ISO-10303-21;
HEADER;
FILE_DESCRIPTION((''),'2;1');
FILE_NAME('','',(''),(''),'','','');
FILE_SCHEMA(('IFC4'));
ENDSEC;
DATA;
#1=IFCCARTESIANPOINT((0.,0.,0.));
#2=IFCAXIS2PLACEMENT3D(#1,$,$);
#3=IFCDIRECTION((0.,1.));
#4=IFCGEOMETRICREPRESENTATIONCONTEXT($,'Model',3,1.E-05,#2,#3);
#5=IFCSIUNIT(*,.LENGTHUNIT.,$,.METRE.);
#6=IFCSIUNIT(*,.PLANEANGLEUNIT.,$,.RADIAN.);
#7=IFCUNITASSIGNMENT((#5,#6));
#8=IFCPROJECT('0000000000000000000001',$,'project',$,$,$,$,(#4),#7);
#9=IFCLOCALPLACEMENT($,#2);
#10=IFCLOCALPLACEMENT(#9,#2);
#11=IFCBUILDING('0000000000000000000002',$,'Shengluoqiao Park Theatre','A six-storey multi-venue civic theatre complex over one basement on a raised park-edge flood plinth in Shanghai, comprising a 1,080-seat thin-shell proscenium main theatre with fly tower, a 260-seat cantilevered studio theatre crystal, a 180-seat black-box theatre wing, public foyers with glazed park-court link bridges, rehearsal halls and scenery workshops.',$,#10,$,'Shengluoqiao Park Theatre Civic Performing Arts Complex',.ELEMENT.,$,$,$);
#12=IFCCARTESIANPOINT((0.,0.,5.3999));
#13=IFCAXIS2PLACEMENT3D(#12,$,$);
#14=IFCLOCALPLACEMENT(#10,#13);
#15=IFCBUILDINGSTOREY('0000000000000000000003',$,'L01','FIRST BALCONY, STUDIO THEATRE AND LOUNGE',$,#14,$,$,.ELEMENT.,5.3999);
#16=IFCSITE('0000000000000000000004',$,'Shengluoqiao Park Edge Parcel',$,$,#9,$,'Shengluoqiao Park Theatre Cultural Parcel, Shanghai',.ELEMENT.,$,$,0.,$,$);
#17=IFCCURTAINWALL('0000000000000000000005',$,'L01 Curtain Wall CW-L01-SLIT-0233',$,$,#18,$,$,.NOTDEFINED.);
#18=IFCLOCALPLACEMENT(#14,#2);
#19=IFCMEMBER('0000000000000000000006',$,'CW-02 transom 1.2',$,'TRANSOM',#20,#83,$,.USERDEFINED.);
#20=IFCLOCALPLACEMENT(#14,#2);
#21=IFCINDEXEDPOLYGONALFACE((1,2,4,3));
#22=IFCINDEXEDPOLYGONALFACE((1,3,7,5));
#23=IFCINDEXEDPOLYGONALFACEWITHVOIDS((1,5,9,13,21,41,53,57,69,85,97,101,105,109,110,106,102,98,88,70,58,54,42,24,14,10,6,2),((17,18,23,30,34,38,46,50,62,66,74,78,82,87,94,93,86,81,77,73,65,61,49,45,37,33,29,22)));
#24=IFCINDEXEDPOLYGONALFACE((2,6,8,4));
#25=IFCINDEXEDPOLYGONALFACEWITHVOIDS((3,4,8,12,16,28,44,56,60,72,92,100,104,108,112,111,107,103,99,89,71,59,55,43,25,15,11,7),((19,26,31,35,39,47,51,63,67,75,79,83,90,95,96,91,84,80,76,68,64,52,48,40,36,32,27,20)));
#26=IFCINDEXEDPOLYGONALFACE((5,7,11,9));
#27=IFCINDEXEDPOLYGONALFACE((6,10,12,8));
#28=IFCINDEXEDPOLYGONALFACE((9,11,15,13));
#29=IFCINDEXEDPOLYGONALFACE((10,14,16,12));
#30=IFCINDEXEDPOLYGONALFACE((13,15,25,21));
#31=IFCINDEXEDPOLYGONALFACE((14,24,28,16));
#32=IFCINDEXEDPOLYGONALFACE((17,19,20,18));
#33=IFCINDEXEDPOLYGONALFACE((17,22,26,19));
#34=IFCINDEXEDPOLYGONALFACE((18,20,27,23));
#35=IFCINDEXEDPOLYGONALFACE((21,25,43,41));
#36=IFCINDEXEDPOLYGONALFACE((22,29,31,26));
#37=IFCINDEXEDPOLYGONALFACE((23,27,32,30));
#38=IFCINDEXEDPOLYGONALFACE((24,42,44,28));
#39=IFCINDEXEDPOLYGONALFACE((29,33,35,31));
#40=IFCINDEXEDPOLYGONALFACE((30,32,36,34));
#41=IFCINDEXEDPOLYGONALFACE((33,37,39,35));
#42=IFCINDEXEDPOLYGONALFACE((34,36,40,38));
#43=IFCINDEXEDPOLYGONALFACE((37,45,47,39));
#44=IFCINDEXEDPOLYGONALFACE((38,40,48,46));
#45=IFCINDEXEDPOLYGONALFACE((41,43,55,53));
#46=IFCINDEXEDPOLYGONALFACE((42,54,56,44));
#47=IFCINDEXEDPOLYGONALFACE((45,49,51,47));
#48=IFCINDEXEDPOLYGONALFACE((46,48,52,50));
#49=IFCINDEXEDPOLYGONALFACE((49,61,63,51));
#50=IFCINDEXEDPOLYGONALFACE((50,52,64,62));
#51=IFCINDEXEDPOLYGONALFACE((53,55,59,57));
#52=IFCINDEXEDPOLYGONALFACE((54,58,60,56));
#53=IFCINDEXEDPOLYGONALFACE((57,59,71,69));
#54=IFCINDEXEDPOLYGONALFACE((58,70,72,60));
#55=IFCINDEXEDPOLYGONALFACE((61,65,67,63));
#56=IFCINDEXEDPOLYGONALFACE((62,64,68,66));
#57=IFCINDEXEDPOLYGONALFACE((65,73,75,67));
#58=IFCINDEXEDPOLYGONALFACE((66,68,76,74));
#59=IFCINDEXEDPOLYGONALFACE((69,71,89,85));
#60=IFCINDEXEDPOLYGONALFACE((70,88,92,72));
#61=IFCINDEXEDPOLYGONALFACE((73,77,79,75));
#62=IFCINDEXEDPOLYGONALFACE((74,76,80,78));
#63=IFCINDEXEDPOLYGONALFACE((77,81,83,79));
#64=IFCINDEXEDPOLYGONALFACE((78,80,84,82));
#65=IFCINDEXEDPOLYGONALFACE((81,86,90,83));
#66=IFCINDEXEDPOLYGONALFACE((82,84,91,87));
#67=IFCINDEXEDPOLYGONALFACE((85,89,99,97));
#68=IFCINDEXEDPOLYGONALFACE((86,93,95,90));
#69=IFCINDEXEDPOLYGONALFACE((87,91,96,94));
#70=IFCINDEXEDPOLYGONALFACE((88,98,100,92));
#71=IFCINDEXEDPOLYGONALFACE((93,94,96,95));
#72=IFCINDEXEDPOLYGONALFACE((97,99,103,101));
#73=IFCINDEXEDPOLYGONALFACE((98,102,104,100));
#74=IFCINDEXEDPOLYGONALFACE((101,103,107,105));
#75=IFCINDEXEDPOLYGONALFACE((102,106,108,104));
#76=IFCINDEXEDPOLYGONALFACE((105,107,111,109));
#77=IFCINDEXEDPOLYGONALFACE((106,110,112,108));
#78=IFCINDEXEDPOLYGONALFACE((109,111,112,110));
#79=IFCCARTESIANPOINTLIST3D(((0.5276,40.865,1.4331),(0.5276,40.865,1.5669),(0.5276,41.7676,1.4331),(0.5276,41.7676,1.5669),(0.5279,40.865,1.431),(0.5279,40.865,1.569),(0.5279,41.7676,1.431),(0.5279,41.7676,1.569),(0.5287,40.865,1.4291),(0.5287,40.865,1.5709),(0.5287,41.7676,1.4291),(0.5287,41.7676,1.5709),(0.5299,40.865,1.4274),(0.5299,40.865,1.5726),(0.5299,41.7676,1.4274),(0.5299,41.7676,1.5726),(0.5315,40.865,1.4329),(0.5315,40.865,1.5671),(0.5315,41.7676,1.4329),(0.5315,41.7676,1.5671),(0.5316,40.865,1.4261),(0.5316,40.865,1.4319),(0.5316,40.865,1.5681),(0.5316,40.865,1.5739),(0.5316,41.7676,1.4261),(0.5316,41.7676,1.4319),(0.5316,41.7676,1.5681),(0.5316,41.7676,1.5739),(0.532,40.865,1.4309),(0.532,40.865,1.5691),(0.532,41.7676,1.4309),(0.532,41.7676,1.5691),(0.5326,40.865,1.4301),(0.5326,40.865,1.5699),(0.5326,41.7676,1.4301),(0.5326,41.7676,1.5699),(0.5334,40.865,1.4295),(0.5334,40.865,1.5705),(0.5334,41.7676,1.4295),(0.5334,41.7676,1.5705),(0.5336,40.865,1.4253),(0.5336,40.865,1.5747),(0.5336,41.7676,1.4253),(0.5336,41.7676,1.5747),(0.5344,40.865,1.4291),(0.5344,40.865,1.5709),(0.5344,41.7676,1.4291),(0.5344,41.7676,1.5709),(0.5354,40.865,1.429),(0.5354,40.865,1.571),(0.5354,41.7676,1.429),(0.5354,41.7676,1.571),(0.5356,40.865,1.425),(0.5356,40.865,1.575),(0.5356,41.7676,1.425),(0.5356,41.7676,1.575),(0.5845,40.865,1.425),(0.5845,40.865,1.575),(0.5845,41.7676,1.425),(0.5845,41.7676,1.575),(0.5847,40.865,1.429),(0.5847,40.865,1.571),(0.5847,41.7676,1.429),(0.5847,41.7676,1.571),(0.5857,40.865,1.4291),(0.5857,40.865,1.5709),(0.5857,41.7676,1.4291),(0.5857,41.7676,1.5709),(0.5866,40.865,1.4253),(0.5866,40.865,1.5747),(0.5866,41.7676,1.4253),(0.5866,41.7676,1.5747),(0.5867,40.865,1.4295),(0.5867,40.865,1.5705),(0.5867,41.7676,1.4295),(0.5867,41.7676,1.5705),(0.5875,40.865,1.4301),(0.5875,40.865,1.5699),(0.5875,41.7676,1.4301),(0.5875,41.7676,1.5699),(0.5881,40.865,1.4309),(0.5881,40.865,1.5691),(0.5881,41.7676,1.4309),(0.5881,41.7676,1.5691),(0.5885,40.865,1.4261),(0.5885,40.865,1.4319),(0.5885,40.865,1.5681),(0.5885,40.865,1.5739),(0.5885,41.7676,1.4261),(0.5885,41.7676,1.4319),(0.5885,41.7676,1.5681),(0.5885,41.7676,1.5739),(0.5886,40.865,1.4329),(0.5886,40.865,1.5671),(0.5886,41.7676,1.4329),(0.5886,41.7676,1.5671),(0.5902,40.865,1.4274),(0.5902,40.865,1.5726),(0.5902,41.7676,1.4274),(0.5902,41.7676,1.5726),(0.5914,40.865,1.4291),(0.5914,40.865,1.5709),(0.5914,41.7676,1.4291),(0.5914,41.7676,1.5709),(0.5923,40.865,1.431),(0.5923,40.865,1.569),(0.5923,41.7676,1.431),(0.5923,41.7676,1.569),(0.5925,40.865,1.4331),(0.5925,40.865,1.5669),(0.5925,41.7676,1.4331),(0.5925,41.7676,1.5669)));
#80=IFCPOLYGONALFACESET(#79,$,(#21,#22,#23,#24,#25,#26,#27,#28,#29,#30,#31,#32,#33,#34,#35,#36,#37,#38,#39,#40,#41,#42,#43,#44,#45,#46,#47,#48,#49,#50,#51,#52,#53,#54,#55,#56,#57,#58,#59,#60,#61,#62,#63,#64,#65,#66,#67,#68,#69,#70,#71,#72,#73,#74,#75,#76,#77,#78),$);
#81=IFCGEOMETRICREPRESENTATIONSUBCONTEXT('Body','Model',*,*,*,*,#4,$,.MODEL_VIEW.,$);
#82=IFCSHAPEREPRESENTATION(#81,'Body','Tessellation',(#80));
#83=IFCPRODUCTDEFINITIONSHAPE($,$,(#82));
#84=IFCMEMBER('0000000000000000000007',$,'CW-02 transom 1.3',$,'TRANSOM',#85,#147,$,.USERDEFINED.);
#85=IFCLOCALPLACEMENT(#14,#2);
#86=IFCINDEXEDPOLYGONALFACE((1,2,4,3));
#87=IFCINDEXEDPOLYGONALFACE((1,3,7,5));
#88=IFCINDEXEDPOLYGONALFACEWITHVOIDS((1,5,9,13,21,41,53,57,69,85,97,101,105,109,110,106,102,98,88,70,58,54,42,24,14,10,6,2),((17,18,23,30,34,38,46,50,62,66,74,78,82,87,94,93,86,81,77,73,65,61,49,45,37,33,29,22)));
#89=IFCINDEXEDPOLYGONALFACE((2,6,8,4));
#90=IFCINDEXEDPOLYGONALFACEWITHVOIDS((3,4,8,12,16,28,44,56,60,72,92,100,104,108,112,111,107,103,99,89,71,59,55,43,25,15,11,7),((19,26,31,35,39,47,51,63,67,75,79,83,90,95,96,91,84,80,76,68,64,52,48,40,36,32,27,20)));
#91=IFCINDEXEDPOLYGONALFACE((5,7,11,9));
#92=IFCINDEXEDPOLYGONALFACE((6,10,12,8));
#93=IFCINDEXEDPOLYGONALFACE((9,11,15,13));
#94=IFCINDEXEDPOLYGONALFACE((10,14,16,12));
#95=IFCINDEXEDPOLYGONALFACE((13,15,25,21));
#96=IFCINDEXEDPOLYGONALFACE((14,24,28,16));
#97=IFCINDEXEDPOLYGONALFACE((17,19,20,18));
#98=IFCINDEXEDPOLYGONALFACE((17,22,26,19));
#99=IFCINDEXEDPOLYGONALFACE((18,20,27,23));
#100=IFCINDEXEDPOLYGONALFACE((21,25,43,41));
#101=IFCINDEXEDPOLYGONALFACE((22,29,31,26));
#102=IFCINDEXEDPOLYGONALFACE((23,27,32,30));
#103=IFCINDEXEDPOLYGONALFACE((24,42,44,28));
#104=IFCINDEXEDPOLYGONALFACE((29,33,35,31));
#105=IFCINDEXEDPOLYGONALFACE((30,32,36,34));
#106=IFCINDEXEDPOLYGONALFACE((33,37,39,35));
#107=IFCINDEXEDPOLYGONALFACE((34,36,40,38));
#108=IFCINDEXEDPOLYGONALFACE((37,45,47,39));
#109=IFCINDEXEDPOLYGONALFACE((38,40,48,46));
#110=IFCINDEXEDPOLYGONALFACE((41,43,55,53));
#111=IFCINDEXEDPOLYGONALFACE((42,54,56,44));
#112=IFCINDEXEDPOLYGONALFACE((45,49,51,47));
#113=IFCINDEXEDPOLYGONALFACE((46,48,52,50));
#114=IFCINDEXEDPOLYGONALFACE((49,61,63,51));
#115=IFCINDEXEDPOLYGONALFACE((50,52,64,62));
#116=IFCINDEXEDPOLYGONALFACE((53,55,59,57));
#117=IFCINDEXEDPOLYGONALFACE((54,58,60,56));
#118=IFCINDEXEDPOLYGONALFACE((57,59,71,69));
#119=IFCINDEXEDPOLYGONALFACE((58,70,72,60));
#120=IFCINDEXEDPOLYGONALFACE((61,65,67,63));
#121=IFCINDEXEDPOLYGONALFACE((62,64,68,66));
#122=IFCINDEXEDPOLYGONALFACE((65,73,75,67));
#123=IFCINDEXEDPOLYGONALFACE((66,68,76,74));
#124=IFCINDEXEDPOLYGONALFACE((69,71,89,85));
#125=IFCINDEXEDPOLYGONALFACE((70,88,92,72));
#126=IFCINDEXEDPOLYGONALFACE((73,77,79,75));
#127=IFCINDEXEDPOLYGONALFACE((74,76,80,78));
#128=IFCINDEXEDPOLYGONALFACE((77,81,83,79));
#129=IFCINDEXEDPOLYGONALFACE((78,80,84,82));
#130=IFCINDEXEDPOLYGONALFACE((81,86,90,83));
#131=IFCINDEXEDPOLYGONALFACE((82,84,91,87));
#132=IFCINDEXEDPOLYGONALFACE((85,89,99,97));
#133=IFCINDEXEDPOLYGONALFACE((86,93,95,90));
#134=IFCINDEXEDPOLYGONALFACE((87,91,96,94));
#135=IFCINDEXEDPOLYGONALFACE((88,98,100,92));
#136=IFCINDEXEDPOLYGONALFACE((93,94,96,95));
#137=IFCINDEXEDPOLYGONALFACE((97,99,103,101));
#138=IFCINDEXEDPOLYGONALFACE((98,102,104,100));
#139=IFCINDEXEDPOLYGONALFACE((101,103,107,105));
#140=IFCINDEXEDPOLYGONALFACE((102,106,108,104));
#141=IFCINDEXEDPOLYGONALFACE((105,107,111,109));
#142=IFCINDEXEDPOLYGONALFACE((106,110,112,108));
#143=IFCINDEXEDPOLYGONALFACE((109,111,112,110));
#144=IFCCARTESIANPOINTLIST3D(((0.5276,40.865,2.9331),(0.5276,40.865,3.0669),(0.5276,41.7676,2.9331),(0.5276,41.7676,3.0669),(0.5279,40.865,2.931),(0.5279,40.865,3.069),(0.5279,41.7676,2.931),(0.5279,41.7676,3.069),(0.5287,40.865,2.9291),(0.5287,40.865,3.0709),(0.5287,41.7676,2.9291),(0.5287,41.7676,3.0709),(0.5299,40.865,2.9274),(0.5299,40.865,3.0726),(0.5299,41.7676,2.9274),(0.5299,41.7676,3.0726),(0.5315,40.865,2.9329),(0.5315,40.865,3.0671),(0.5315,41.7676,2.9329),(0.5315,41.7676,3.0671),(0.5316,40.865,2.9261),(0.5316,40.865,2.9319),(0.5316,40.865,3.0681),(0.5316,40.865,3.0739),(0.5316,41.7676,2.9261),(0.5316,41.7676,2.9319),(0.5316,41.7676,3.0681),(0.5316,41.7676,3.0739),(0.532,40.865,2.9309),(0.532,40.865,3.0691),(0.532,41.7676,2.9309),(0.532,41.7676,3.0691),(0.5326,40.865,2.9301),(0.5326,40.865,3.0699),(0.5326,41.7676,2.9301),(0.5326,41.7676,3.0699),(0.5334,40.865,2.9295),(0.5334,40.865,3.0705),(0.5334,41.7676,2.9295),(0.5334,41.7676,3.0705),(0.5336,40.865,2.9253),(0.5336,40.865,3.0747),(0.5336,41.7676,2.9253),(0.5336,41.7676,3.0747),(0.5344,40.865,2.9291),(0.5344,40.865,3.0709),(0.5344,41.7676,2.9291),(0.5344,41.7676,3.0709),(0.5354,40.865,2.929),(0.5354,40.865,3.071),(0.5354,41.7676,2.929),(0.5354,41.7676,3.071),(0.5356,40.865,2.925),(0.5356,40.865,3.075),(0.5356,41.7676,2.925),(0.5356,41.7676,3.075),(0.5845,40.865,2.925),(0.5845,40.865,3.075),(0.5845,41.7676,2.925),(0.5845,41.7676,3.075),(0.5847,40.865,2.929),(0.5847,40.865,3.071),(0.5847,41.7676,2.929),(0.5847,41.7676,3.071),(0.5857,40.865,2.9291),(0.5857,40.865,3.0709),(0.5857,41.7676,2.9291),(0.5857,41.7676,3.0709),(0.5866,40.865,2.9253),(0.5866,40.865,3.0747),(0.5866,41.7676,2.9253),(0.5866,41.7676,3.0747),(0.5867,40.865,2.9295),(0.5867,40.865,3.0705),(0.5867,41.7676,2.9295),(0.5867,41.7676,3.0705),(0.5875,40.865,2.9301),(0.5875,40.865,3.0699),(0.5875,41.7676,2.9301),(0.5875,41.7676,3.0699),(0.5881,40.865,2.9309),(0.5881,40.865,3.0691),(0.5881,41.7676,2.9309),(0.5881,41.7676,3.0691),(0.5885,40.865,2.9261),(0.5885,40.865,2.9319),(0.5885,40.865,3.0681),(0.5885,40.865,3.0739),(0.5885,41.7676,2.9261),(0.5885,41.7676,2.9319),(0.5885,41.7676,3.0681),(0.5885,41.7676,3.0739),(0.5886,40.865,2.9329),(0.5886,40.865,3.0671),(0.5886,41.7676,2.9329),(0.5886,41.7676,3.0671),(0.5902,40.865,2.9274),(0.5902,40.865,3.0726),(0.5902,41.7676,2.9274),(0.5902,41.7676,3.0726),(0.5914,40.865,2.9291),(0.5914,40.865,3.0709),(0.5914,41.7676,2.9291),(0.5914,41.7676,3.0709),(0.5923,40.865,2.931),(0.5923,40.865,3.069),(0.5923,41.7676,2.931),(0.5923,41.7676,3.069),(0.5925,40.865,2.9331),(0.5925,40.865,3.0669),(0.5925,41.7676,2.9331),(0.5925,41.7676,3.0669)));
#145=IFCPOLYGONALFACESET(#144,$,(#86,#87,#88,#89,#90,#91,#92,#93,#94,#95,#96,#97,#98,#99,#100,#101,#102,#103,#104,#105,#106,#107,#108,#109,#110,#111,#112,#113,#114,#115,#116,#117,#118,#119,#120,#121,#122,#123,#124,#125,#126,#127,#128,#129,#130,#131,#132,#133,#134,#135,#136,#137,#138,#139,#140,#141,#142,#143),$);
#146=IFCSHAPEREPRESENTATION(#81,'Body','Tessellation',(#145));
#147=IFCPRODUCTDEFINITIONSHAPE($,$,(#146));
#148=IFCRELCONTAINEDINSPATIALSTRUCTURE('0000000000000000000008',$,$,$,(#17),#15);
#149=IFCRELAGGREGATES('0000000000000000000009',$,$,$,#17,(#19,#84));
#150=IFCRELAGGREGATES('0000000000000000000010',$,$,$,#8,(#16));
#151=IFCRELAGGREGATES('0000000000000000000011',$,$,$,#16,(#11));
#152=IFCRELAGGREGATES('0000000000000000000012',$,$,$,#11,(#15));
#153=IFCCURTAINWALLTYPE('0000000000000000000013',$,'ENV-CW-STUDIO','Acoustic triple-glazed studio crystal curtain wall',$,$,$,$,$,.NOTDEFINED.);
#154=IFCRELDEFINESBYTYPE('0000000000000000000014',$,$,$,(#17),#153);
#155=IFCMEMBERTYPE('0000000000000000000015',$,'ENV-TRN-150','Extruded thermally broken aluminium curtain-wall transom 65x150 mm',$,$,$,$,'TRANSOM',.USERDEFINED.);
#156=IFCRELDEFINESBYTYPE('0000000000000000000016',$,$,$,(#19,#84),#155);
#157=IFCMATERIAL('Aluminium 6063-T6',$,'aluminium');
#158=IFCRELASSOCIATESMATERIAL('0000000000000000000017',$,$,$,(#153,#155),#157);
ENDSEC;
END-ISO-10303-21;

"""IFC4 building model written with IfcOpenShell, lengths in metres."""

from ifc_helpers import new_model, si_unit, direction, frame, origin, origin_2d, place, context, subcontext, project, spatial, hollow_rectangle, extrude, material, material_profile, profile_set, type_object, element, aggregate, save


model = new_model("IFC4")

# Units and contexts
model_context = context("Model", 3, precision=1e-05, world=origin(), true_north=direction((0.0, 1.0)))
body_context = subcontext(model_context, "Body", "Model", "MODEL_VIEW")
ifc_project = project(units=[si_unit("LENGTHUNIT", "METRE"), si_unit("PLANEANGLEUNIT", "RADIAN")], contexts=[model_context])

# Site, building, storey
site_placement = place(None, origin())
site = spatial("IfcSite", under=ifc_project, at=site_placement, Name="Shengluoqiao Park Edge Parcel", LongName="Shengluoqiao Park Theatre Cultural Parcel, Shanghai", CompositionType="ELEMENT", RefElevation=0.0)
building_placement = place(site_placement, origin())
building = spatial("IfcBuilding", under=site, at=building_placement, Name="Shengluoqiao Park Theatre", Description="A six-storey multi-venue civic theatre complex over one basement on a raised park-edge flood plinth in Shanghai, comprising a 1,080-seat thin-shell proscenium main theatre with fly tower, a 260-seat cantilevered studio theatre crystal, a 180-seat black-box theatre wing, public foyers with glazed park-court link bridges, rehearsal halls and scenery workshops.", LongName="Shengluoqiao Park Theatre Civic Performing Arts Complex", CompositionType="ELEMENT")
storey_placement = place(building_placement, frame((0.0, 0.0, 5.3999)))
storey = spatial("IfcBuildingStorey", under=building, at=storey_placement, Name="L01", Description="FIRST BALCONY, STUDIO THEATRE AND LOUNGE", CompositionType="ELEMENT", Elevation=5.3999)

# Curtain wall, members
ifc_material_1 = material(Name="Aluminium 6063-T6", Category="aluminium")
curtain_wall_type = type_object("IfcCurtainWallType", Name="ENV-CW-STUDIO", Description="Acoustic triple-glazed studio crystal curtain wall", PredefinedType="NOTDEFINED", material=ifc_material_1)
curtain_wall_placement = place(storey_placement, origin())
curtain_wall = element("IfcCurtainWall", 1, at=curtain_wall_placement, inside=storey, type_object=curtain_wall_type, Name="L01 Curtain Wall CW-L01-SLIT-0233", PredefinedType="NOTDEFINED")
ifc_material_profile_1 = material_profile(ifc_material_1, hollow_rectangle(XDim=0.0649, YDim=0.1499, WallThickness=0.0039, InnerFilletRadius=0.0039, OuterFilletRadius=0.0081, at=origin_2d()), Name="ALU TRANSOM 150x65x4")
ifc_profile_set_1 = profile_set([ifc_material_profile_1], Name="Aluminium 6063-T6")
member_type_1 = type_object("IfcMemberType", Name="ENV-TRN-150", Description="Extruded thermally broken aluminium curtain-wall transom 65x150 mm", ElementType="TRANSOM", PredefinedType="USERDEFINED", material=ifc_profile_set_1)
member_1_placement = place(storey_placement, frame((0.5601, 40.865, 1.5), z_axis=(0.0, 1.0, 0.0), x_axis=(-1.0, 0.0, 0.0)))
member_1 = element("IfcMember", 2, at=member_1_placement, type_object=member_type_1, Name="CW-02 transom 1.2", ObjectType="TRANSOM", PredefinedType="USERDEFINED", context=body_context, shape_type="SweptSolid", body=[
    extrude(hollow_rectangle(XDim=0.0649, YDim=0.1499, WallThickness=0.0039, InnerFilletRadius=0.0039, OuterFilletRadius=0.0081, at=origin_2d()), origin(), (0.0, 0.0, 1.0), 0.9026),
])
member_2_placement = place(storey_placement, frame((0.5601, 40.865, 3.0), z_axis=(0.0, 1.0, 0.0), x_axis=(-1.0, 0.0, 0.0)))
member_2 = element("IfcMember", 3, at=member_2_placement, type_object=member_type_1, Name="CW-02 transom 1.3", ObjectType="TRANSOM", PredefinedType="USERDEFINED", context=body_context, shape_type="SweptSolid", body=[
    extrude(hollow_rectangle(XDim=0.0649, YDim=0.1499, WallThickness=0.0039, InnerFilletRadius=0.0039, OuterFilletRadius=0.0081, at=origin_2d()), origin(), (0.0, 0.0, 1.0), 0.9026),
])

aggregate(curtain_wall, [member_1, member_2])

save(model, "model.ifc")
